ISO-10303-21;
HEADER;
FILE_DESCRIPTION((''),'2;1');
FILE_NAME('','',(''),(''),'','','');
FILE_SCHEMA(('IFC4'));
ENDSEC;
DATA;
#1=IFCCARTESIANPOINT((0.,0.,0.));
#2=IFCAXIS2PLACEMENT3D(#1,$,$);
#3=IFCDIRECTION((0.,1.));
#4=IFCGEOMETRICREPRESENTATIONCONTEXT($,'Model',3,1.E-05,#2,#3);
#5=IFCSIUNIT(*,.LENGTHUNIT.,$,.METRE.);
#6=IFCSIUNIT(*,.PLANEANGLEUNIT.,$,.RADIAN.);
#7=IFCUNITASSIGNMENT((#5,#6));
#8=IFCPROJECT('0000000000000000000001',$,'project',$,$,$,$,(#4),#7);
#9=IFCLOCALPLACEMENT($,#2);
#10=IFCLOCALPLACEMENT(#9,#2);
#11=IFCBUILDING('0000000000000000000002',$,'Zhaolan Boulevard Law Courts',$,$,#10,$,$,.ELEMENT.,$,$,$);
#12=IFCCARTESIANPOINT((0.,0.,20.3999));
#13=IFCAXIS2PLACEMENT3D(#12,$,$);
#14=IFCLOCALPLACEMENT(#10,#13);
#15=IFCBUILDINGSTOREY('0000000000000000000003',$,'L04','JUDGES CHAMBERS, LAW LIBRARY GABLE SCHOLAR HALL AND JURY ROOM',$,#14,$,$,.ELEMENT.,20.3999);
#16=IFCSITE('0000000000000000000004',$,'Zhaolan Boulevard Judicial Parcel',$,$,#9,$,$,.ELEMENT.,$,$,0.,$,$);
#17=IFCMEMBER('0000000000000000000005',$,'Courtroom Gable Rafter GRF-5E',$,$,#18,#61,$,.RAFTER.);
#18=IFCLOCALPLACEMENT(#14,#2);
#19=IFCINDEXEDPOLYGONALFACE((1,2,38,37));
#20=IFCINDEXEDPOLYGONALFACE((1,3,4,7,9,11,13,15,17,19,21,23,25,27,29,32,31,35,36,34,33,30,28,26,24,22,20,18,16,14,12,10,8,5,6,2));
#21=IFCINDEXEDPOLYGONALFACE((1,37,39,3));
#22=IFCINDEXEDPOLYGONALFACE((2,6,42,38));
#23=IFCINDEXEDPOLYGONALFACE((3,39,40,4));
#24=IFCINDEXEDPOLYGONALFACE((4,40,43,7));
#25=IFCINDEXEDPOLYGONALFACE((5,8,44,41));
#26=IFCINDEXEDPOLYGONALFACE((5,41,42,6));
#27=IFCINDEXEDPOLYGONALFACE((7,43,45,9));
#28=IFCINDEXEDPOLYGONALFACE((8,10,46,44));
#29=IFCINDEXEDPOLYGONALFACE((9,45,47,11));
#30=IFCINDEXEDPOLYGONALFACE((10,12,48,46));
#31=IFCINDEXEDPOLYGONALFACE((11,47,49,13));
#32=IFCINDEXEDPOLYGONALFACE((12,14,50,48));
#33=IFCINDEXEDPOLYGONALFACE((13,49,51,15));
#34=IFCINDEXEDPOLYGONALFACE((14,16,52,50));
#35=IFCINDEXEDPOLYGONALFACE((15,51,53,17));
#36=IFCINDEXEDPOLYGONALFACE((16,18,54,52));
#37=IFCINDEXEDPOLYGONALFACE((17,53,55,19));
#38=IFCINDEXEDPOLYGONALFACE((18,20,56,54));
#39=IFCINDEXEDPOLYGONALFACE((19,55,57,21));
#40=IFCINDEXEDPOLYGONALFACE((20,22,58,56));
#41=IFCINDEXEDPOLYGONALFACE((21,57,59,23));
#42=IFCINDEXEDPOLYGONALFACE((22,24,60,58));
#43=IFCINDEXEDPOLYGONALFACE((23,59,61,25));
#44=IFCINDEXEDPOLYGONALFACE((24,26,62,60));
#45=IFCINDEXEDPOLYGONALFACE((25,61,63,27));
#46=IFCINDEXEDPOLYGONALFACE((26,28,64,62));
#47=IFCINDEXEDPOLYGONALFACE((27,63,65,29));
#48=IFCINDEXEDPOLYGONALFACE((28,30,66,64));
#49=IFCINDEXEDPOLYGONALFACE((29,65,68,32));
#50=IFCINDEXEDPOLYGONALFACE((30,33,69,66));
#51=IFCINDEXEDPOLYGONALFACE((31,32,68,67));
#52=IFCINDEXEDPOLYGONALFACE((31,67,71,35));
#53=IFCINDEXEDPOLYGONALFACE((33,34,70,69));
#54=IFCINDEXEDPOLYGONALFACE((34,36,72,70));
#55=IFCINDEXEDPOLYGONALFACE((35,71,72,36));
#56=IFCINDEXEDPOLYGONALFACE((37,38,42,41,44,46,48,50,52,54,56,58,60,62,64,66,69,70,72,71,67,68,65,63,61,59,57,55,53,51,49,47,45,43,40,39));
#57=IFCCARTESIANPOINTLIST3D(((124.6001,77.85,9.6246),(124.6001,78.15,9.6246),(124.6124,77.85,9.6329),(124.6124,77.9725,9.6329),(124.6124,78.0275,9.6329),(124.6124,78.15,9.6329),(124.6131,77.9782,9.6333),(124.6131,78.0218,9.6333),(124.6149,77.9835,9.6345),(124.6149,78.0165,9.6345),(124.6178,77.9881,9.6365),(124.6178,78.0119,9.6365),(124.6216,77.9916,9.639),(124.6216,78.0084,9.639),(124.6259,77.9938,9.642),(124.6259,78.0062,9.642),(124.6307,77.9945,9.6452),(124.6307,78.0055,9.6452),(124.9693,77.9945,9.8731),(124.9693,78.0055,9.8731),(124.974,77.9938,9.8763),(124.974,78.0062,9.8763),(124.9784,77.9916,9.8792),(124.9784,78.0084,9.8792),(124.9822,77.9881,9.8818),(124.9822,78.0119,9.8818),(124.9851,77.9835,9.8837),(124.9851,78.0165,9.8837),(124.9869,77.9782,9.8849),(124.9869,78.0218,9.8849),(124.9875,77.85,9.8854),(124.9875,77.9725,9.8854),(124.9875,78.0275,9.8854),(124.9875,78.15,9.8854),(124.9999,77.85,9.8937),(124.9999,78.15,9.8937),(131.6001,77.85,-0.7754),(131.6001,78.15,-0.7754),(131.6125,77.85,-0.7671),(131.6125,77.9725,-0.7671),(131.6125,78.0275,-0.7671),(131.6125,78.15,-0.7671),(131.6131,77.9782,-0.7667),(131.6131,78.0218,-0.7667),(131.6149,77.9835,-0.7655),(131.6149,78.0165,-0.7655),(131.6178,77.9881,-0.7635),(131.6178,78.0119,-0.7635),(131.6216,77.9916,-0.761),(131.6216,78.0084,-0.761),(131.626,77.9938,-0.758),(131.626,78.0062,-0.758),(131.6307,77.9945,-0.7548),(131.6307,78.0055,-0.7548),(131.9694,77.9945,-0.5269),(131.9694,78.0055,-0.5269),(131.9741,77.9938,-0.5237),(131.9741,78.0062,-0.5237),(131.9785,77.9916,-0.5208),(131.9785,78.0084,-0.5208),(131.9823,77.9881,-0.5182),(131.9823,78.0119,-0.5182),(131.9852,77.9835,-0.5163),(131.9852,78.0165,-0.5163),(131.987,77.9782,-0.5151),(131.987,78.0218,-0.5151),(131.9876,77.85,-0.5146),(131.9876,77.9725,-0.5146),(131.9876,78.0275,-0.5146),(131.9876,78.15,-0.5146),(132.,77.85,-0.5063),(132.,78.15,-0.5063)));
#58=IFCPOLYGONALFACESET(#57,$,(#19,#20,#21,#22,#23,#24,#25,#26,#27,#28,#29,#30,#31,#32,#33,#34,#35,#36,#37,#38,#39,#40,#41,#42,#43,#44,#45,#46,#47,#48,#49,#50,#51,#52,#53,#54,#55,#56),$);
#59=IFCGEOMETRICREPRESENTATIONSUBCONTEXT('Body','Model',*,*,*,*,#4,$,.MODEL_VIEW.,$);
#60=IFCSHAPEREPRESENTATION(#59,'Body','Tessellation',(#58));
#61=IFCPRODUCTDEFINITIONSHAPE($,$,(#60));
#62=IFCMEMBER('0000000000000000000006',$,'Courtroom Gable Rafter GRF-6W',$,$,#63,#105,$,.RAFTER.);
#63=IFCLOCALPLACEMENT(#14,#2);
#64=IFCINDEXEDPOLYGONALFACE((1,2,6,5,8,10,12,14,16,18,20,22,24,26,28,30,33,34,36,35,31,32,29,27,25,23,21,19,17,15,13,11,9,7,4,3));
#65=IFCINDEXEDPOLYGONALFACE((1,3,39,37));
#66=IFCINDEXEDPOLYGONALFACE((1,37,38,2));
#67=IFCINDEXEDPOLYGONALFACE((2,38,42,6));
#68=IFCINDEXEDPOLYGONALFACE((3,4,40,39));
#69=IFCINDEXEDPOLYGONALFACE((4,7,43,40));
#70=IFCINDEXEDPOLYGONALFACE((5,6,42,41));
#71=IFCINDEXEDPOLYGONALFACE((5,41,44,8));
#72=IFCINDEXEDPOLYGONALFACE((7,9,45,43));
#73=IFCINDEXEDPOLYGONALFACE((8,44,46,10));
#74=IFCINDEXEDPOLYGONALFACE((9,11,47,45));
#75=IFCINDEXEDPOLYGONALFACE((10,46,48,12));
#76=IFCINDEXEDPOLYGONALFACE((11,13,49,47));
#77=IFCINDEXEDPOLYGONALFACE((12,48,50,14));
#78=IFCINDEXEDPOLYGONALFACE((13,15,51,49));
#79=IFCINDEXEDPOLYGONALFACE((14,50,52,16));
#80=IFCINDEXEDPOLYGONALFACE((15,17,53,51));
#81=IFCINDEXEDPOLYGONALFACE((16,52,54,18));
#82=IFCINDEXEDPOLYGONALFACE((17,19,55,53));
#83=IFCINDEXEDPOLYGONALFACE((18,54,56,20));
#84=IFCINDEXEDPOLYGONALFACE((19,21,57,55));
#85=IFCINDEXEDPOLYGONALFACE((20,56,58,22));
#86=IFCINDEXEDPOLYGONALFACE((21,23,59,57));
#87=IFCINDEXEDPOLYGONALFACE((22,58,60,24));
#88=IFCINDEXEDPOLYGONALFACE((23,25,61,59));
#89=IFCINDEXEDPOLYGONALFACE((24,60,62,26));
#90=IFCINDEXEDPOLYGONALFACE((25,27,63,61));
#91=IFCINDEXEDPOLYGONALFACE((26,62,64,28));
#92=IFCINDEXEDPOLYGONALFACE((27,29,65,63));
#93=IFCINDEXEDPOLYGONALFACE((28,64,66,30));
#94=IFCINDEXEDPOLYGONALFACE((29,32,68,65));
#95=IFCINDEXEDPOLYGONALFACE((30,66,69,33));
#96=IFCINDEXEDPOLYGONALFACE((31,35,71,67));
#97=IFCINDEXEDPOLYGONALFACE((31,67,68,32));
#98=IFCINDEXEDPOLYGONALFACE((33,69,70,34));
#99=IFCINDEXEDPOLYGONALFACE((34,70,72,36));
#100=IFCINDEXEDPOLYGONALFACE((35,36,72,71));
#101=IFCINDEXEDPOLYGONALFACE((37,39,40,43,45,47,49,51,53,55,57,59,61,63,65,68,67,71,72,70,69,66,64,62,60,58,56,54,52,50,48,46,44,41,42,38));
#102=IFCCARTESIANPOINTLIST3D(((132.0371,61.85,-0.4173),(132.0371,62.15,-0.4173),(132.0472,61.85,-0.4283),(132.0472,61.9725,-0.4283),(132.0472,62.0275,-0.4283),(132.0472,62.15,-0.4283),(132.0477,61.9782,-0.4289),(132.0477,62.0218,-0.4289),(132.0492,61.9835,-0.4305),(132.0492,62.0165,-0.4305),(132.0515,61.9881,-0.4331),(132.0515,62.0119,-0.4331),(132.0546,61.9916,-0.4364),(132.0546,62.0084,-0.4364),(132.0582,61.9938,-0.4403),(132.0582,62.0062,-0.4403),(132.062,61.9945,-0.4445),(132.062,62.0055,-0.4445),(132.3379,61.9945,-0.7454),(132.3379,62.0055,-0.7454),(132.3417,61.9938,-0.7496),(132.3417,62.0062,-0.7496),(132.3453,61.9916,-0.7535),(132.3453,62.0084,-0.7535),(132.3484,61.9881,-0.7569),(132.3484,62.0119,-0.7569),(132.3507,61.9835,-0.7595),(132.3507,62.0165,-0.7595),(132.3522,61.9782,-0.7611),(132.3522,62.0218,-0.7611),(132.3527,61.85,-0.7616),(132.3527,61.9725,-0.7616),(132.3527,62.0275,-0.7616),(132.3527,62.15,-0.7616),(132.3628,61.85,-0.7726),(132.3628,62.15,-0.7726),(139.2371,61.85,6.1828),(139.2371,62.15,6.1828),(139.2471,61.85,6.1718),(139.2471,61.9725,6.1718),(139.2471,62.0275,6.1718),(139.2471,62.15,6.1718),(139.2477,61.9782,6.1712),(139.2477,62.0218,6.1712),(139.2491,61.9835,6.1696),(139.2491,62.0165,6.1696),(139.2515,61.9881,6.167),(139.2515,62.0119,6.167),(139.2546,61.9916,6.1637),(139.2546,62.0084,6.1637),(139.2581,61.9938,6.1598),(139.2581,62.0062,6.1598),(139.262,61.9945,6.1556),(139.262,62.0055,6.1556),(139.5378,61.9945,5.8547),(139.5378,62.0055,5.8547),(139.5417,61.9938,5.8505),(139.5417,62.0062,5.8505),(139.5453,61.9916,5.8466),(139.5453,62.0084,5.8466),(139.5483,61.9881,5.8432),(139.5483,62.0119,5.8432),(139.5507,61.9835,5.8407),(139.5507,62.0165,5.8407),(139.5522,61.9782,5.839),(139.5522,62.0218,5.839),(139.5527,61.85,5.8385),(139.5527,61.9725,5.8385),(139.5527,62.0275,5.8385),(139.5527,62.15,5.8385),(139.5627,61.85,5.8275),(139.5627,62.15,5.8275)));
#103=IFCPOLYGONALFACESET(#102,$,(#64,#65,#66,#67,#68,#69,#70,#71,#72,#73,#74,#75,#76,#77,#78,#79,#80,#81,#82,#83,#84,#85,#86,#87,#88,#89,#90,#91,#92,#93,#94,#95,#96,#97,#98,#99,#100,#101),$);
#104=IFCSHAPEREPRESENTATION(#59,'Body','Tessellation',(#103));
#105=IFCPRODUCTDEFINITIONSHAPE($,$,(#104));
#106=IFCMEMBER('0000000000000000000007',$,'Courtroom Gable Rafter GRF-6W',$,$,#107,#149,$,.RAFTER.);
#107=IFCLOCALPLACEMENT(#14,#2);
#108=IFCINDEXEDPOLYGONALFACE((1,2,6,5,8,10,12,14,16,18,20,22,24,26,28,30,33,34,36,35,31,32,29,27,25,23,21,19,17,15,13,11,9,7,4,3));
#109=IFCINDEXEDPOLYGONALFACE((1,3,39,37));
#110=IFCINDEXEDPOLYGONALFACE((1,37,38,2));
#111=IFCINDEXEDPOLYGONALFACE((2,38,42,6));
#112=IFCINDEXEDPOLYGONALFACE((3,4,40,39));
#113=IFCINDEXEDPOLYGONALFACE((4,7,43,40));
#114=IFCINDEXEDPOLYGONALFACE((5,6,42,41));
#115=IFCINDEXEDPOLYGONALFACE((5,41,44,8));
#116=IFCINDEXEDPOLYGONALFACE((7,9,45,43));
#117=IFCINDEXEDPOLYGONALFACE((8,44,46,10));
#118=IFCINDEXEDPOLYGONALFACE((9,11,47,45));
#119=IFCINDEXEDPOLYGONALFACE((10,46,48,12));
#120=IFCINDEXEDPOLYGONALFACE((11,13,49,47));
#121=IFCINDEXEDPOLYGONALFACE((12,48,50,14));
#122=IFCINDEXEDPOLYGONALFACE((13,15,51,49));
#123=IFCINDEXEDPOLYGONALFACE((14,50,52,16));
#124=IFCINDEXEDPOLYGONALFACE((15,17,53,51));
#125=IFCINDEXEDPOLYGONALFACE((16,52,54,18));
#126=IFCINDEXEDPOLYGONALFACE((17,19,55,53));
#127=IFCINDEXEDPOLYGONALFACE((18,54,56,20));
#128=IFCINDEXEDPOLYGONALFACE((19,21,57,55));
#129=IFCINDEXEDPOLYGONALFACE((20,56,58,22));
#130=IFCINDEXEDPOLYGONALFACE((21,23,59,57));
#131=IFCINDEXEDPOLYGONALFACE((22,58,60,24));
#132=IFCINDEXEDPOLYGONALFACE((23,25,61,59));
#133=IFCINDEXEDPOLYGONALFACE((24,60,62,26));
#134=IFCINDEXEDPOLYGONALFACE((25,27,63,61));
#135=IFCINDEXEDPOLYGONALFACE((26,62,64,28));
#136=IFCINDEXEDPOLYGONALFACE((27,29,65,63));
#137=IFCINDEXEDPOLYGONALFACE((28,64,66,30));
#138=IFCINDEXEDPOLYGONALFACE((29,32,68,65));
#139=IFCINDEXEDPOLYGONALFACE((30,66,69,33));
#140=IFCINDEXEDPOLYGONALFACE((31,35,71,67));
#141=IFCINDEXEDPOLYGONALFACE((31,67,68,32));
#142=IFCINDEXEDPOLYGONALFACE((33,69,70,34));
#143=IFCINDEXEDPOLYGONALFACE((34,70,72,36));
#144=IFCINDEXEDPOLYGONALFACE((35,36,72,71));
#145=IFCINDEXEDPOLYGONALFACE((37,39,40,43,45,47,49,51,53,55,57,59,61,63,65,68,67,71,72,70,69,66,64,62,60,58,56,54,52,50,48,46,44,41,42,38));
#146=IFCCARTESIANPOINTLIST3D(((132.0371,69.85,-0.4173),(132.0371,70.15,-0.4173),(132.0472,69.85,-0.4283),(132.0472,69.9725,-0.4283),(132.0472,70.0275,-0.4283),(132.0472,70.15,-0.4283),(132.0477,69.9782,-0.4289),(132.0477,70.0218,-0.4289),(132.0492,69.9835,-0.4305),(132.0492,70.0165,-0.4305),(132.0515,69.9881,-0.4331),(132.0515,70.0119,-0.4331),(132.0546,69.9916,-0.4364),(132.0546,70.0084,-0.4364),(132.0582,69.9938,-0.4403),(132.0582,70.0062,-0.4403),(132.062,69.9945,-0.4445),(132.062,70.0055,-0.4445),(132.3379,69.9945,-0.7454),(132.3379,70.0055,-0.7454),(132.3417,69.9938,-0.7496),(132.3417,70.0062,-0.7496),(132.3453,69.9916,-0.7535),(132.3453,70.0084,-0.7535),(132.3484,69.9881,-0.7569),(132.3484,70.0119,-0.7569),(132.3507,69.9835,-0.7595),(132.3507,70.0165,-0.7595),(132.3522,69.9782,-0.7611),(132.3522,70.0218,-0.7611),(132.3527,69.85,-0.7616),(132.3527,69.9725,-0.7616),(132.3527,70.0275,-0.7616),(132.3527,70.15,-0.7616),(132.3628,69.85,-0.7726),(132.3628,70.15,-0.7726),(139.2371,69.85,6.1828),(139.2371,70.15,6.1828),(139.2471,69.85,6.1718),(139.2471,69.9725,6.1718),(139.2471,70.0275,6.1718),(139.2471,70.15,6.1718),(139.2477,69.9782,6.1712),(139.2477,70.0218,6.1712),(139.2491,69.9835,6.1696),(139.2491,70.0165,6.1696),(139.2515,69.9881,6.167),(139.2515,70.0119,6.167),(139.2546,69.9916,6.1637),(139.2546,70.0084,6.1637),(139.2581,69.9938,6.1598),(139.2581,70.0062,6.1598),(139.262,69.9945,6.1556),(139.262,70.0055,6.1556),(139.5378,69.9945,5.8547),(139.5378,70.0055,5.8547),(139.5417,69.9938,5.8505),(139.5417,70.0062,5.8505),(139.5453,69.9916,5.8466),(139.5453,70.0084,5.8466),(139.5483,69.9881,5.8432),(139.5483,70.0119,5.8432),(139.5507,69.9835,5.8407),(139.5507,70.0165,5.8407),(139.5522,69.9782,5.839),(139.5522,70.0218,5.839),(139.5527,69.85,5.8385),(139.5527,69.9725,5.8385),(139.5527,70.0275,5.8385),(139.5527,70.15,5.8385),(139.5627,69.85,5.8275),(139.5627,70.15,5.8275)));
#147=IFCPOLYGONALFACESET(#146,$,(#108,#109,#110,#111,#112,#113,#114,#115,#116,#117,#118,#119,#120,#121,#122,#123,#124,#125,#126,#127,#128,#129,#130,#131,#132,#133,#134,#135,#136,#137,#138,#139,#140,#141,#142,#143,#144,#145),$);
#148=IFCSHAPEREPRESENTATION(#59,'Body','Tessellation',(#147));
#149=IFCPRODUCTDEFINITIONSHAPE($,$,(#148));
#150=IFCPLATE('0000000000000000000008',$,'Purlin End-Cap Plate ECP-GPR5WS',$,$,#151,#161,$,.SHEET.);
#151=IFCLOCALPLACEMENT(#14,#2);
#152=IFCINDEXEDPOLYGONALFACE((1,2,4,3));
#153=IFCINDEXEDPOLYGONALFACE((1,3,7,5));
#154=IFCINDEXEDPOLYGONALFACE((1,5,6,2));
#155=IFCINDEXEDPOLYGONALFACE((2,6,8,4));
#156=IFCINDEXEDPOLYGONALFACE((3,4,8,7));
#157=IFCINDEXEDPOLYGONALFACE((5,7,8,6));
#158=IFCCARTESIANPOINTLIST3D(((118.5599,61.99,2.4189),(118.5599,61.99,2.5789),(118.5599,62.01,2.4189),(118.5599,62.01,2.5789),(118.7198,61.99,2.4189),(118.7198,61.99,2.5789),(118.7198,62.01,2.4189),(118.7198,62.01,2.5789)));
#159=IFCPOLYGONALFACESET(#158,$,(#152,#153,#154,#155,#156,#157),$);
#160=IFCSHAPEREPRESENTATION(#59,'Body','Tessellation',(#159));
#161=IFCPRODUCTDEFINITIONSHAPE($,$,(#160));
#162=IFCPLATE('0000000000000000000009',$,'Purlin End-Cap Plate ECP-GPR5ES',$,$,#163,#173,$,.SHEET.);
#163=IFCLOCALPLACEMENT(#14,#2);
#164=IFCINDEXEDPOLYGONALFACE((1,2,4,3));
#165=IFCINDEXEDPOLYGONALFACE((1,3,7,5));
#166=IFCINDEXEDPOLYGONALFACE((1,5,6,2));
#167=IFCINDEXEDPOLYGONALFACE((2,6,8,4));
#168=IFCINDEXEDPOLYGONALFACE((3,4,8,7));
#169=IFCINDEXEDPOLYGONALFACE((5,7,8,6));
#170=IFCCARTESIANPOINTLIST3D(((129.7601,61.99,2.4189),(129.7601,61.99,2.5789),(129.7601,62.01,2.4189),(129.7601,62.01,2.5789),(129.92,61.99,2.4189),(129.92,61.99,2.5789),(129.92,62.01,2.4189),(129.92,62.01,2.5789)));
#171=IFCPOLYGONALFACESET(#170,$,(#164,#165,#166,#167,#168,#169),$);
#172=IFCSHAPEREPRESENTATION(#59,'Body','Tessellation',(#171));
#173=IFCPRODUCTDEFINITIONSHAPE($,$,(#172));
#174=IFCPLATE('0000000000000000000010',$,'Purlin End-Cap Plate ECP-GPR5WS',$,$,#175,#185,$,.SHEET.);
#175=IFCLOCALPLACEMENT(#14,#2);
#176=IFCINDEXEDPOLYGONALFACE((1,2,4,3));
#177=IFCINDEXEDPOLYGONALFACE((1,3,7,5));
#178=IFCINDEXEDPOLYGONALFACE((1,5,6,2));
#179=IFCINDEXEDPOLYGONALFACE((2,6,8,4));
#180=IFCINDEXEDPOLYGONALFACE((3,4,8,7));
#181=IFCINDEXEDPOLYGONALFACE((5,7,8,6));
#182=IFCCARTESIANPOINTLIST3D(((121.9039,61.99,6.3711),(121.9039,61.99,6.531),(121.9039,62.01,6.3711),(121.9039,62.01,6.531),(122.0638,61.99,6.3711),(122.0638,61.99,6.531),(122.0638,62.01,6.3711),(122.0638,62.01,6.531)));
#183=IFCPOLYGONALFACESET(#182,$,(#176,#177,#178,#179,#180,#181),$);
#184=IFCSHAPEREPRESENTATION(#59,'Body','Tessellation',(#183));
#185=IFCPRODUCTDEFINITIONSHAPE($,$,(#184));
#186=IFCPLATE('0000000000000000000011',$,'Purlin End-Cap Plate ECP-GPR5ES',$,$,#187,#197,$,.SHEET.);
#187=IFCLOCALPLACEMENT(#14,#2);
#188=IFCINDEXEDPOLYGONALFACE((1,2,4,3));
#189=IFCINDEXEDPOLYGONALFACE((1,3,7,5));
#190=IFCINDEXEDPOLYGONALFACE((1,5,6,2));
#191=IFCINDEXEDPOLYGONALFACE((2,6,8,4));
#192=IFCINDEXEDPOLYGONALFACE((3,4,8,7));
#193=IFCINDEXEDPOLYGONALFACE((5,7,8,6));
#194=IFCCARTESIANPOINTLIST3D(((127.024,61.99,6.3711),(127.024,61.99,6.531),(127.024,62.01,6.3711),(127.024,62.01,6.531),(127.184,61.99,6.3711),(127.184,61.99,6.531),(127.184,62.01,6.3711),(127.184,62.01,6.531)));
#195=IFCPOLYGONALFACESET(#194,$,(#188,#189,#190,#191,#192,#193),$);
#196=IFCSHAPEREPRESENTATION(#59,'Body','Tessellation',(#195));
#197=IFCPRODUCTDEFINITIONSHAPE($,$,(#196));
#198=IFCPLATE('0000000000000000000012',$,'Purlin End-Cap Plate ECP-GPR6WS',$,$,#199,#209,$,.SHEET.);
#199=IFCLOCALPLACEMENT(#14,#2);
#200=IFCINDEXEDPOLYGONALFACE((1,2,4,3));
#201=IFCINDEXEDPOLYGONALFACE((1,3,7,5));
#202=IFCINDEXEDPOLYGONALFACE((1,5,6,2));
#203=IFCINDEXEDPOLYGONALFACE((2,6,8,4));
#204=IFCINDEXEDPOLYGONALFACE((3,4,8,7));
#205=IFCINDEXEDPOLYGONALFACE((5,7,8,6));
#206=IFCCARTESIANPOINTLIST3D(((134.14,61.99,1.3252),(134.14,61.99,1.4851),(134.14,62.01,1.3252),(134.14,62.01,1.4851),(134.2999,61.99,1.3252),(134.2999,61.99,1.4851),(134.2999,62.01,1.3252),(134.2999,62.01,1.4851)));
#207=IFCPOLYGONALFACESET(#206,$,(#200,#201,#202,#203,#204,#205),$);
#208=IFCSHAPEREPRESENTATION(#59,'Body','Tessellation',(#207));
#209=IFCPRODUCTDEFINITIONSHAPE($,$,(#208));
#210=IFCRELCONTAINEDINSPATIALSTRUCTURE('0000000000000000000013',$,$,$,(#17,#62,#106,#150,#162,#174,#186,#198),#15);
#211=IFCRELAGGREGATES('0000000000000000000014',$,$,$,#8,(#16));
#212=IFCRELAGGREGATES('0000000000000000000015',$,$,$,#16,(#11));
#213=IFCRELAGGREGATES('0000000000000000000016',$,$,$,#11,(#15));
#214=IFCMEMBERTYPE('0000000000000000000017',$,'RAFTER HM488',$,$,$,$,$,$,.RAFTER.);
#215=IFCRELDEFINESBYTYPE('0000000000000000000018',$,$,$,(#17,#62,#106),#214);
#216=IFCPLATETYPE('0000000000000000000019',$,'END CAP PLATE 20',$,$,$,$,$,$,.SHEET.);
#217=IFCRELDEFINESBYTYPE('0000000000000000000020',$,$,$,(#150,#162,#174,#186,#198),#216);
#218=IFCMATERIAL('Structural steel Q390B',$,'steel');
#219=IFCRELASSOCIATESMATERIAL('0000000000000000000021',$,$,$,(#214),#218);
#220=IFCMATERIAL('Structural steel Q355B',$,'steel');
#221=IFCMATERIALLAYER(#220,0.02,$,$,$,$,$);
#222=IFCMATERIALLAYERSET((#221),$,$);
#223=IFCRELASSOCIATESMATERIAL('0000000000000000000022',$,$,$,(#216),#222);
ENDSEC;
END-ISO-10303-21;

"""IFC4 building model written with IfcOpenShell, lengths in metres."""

from ifc_helpers import new_model, si_unit, direction, frame, origin, origin_2d, place, context, subcontext, project, spatial, rectangle, i_section, extrude, material, layer, layer_set, material_profile, profile_set, type_object, element, save


model = new_model("IFC4")

# Units and contexts
model_context = context("Model", 3, precision=1e-05, world=origin(), true_north=direction((0.0, 1.0)))
body_context = subcontext(model_context, "Body", "Model", "MODEL_VIEW")
ifc_project = project(units=[si_unit("LENGTHUNIT", "METRE"), si_unit("PLANEANGLEUNIT", "RADIAN")], contexts=[model_context])

# Site, building, storey
site_placement = place(None, origin())
site = spatial("IfcSite", under=ifc_project, at=site_placement, Name="Zhaolan Boulevard Judicial Parcel", CompositionType="ELEMENT", RefElevation=0.0)
building_placement = place(site_placement, origin())
building = spatial("IfcBuilding", under=site, at=building_placement, Name="Zhaolan Boulevard Law Courts", CompositionType="ELEMENT")
storey_placement = place(building_placement, frame((0.0, 0.0, 20.3999)))
storey = spatial("IfcBuildingStorey", under=building, at=storey_placement, Name="L04", Description="JUDGES CHAMBERS, LAW LIBRARY GABLE SCHOLAR HALL AND JURY ROOM", CompositionType="ELEMENT", Elevation=20.3999)

# Members
ifc_material_1 = material(Name="Structural steel Q390B", Category="steel")
ifc_material_profile_1 = material_profile(ifc_material_1, i_section(OverallWidth=0.3, OverallDepth=0.4819, WebThickness=0.011, FlangeThickness=0.0149, FilletRadius=0.022, at=origin_2d()), Name="HM482x300")
ifc_profile_set_1 = profile_set([ifc_material_profile_1], Name="Structural steel Q390B")
member_type_1 = type_object("IfcMemberType", Name="RAFTER HM488", PredefinedType="RAFTER", material=ifc_profile_set_1)
member_1_placement = place(storey_placement, frame((131.8, 78.0, -0.6409), z_axis=(-0.55838, 0.0, 0.829585), x_axis=(0.0, -1.0, 0.0)))
element("IfcMember", 1, at=member_1_placement, inside=storey, type_object=member_type_1, Name="Courtroom Gable Rafter GRF-5E", PredefinedType="RAFTER", context=body_context, shape_type="SweptSolid", body=[
    extrude(i_section(OverallWidth=0.3, OverallDepth=0.4819, WebThickness=0.011, FlangeThickness=0.0149, FilletRadius=0.022, at=origin_2d()), origin(), (0.0, 0.0, 1.0), 12.5364),
])
for number, where, z_axis, x_axis, name in (
    (2, (132.2, 62.0, -0.595), (0.737147, 0.0, 0.675733), (0.0, 1.0, 0.0), "Courtroom Gable Rafter GRF-6W"),
    (3, (132.2, 70.0, -0.595), (0.737147, 0.0, 0.675733), (0.0, 1.0, 0.0), "Courtroom Gable Rafter GRF-6W"),
):
    element("IfcMember", number, at=place(storey_placement, frame(where, z_axis=z_axis, x_axis=x_axis)), inside=storey, type_object=member_type_1, Name=name, PredefinedType="RAFTER", context=body_context, shape_type="SweptSolid", body=[
        extrude(i_section(OverallWidth=0.3, OverallDepth=0.4819, WebThickness=0.011, FlangeThickness=0.0149, FilletRadius=0.022, at=origin_2d()), origin(), (0.0, 0.0, 1.0), 9.7673),
    ])

# Plates
ifc_material_2 = material(Name="Structural steel Q355B", Category="steel")
ifc_layer_1 = layer(ifc_material_2, 0.02)
ifc_layer_set_1 = layer_set([ifc_layer_1])
plate_type = type_object("IfcPlateType", Name="END CAP PLATE 20", PredefinedType="SHEET", material=ifc_layer_set_1)
for number, where, z_axis, x_axis, name in (
    (4, (118.6399, 62.0, 2.4189), (0.0, 0.0, 1.0), (1.0, 0.0, 0.0), "Purlin End-Cap Plate ECP-GPR5WS"),
    (5, (129.8401, 62.0, 2.4189), (0.0, 0.0, 1.0), (1.0, 0.0, 0.0), "Purlin End-Cap Plate ECP-GPR5ES"),
    (6, (121.9839, 62.0, 6.3711), (0.0, 0.0, 1.0), (1.0, 0.0, 0.0), "Purlin End-Cap Plate ECP-GPR5WS"),
    (7, (127.104, 62.0, 6.3711), (0.0, 0.0, 1.0), (1.0, 0.0, 0.0), "Purlin End-Cap Plate ECP-GPR5ES"),
    (8, (134.22, 62.0, 1.3252), (0.0, 0.0, 1.0), (1.0, 0.0, 0.0), "Purlin End-Cap Plate ECP-GPR6WS"),
):
    element("IfcPlate", number, at=place(storey_placement, frame(where, z_axis=z_axis, x_axis=x_axis)), inside=storey, type_object=plate_type, Name=name, PredefinedType="SHEET", context=body_context, shape_type="SweptSolid", body=[
        extrude(rectangle(XDim=0.1599, YDim=0.02, at=origin_2d()), origin(), (0.0, 0.0, 1.0), 0.1599),
    ])

save(model, "model.ifc")
